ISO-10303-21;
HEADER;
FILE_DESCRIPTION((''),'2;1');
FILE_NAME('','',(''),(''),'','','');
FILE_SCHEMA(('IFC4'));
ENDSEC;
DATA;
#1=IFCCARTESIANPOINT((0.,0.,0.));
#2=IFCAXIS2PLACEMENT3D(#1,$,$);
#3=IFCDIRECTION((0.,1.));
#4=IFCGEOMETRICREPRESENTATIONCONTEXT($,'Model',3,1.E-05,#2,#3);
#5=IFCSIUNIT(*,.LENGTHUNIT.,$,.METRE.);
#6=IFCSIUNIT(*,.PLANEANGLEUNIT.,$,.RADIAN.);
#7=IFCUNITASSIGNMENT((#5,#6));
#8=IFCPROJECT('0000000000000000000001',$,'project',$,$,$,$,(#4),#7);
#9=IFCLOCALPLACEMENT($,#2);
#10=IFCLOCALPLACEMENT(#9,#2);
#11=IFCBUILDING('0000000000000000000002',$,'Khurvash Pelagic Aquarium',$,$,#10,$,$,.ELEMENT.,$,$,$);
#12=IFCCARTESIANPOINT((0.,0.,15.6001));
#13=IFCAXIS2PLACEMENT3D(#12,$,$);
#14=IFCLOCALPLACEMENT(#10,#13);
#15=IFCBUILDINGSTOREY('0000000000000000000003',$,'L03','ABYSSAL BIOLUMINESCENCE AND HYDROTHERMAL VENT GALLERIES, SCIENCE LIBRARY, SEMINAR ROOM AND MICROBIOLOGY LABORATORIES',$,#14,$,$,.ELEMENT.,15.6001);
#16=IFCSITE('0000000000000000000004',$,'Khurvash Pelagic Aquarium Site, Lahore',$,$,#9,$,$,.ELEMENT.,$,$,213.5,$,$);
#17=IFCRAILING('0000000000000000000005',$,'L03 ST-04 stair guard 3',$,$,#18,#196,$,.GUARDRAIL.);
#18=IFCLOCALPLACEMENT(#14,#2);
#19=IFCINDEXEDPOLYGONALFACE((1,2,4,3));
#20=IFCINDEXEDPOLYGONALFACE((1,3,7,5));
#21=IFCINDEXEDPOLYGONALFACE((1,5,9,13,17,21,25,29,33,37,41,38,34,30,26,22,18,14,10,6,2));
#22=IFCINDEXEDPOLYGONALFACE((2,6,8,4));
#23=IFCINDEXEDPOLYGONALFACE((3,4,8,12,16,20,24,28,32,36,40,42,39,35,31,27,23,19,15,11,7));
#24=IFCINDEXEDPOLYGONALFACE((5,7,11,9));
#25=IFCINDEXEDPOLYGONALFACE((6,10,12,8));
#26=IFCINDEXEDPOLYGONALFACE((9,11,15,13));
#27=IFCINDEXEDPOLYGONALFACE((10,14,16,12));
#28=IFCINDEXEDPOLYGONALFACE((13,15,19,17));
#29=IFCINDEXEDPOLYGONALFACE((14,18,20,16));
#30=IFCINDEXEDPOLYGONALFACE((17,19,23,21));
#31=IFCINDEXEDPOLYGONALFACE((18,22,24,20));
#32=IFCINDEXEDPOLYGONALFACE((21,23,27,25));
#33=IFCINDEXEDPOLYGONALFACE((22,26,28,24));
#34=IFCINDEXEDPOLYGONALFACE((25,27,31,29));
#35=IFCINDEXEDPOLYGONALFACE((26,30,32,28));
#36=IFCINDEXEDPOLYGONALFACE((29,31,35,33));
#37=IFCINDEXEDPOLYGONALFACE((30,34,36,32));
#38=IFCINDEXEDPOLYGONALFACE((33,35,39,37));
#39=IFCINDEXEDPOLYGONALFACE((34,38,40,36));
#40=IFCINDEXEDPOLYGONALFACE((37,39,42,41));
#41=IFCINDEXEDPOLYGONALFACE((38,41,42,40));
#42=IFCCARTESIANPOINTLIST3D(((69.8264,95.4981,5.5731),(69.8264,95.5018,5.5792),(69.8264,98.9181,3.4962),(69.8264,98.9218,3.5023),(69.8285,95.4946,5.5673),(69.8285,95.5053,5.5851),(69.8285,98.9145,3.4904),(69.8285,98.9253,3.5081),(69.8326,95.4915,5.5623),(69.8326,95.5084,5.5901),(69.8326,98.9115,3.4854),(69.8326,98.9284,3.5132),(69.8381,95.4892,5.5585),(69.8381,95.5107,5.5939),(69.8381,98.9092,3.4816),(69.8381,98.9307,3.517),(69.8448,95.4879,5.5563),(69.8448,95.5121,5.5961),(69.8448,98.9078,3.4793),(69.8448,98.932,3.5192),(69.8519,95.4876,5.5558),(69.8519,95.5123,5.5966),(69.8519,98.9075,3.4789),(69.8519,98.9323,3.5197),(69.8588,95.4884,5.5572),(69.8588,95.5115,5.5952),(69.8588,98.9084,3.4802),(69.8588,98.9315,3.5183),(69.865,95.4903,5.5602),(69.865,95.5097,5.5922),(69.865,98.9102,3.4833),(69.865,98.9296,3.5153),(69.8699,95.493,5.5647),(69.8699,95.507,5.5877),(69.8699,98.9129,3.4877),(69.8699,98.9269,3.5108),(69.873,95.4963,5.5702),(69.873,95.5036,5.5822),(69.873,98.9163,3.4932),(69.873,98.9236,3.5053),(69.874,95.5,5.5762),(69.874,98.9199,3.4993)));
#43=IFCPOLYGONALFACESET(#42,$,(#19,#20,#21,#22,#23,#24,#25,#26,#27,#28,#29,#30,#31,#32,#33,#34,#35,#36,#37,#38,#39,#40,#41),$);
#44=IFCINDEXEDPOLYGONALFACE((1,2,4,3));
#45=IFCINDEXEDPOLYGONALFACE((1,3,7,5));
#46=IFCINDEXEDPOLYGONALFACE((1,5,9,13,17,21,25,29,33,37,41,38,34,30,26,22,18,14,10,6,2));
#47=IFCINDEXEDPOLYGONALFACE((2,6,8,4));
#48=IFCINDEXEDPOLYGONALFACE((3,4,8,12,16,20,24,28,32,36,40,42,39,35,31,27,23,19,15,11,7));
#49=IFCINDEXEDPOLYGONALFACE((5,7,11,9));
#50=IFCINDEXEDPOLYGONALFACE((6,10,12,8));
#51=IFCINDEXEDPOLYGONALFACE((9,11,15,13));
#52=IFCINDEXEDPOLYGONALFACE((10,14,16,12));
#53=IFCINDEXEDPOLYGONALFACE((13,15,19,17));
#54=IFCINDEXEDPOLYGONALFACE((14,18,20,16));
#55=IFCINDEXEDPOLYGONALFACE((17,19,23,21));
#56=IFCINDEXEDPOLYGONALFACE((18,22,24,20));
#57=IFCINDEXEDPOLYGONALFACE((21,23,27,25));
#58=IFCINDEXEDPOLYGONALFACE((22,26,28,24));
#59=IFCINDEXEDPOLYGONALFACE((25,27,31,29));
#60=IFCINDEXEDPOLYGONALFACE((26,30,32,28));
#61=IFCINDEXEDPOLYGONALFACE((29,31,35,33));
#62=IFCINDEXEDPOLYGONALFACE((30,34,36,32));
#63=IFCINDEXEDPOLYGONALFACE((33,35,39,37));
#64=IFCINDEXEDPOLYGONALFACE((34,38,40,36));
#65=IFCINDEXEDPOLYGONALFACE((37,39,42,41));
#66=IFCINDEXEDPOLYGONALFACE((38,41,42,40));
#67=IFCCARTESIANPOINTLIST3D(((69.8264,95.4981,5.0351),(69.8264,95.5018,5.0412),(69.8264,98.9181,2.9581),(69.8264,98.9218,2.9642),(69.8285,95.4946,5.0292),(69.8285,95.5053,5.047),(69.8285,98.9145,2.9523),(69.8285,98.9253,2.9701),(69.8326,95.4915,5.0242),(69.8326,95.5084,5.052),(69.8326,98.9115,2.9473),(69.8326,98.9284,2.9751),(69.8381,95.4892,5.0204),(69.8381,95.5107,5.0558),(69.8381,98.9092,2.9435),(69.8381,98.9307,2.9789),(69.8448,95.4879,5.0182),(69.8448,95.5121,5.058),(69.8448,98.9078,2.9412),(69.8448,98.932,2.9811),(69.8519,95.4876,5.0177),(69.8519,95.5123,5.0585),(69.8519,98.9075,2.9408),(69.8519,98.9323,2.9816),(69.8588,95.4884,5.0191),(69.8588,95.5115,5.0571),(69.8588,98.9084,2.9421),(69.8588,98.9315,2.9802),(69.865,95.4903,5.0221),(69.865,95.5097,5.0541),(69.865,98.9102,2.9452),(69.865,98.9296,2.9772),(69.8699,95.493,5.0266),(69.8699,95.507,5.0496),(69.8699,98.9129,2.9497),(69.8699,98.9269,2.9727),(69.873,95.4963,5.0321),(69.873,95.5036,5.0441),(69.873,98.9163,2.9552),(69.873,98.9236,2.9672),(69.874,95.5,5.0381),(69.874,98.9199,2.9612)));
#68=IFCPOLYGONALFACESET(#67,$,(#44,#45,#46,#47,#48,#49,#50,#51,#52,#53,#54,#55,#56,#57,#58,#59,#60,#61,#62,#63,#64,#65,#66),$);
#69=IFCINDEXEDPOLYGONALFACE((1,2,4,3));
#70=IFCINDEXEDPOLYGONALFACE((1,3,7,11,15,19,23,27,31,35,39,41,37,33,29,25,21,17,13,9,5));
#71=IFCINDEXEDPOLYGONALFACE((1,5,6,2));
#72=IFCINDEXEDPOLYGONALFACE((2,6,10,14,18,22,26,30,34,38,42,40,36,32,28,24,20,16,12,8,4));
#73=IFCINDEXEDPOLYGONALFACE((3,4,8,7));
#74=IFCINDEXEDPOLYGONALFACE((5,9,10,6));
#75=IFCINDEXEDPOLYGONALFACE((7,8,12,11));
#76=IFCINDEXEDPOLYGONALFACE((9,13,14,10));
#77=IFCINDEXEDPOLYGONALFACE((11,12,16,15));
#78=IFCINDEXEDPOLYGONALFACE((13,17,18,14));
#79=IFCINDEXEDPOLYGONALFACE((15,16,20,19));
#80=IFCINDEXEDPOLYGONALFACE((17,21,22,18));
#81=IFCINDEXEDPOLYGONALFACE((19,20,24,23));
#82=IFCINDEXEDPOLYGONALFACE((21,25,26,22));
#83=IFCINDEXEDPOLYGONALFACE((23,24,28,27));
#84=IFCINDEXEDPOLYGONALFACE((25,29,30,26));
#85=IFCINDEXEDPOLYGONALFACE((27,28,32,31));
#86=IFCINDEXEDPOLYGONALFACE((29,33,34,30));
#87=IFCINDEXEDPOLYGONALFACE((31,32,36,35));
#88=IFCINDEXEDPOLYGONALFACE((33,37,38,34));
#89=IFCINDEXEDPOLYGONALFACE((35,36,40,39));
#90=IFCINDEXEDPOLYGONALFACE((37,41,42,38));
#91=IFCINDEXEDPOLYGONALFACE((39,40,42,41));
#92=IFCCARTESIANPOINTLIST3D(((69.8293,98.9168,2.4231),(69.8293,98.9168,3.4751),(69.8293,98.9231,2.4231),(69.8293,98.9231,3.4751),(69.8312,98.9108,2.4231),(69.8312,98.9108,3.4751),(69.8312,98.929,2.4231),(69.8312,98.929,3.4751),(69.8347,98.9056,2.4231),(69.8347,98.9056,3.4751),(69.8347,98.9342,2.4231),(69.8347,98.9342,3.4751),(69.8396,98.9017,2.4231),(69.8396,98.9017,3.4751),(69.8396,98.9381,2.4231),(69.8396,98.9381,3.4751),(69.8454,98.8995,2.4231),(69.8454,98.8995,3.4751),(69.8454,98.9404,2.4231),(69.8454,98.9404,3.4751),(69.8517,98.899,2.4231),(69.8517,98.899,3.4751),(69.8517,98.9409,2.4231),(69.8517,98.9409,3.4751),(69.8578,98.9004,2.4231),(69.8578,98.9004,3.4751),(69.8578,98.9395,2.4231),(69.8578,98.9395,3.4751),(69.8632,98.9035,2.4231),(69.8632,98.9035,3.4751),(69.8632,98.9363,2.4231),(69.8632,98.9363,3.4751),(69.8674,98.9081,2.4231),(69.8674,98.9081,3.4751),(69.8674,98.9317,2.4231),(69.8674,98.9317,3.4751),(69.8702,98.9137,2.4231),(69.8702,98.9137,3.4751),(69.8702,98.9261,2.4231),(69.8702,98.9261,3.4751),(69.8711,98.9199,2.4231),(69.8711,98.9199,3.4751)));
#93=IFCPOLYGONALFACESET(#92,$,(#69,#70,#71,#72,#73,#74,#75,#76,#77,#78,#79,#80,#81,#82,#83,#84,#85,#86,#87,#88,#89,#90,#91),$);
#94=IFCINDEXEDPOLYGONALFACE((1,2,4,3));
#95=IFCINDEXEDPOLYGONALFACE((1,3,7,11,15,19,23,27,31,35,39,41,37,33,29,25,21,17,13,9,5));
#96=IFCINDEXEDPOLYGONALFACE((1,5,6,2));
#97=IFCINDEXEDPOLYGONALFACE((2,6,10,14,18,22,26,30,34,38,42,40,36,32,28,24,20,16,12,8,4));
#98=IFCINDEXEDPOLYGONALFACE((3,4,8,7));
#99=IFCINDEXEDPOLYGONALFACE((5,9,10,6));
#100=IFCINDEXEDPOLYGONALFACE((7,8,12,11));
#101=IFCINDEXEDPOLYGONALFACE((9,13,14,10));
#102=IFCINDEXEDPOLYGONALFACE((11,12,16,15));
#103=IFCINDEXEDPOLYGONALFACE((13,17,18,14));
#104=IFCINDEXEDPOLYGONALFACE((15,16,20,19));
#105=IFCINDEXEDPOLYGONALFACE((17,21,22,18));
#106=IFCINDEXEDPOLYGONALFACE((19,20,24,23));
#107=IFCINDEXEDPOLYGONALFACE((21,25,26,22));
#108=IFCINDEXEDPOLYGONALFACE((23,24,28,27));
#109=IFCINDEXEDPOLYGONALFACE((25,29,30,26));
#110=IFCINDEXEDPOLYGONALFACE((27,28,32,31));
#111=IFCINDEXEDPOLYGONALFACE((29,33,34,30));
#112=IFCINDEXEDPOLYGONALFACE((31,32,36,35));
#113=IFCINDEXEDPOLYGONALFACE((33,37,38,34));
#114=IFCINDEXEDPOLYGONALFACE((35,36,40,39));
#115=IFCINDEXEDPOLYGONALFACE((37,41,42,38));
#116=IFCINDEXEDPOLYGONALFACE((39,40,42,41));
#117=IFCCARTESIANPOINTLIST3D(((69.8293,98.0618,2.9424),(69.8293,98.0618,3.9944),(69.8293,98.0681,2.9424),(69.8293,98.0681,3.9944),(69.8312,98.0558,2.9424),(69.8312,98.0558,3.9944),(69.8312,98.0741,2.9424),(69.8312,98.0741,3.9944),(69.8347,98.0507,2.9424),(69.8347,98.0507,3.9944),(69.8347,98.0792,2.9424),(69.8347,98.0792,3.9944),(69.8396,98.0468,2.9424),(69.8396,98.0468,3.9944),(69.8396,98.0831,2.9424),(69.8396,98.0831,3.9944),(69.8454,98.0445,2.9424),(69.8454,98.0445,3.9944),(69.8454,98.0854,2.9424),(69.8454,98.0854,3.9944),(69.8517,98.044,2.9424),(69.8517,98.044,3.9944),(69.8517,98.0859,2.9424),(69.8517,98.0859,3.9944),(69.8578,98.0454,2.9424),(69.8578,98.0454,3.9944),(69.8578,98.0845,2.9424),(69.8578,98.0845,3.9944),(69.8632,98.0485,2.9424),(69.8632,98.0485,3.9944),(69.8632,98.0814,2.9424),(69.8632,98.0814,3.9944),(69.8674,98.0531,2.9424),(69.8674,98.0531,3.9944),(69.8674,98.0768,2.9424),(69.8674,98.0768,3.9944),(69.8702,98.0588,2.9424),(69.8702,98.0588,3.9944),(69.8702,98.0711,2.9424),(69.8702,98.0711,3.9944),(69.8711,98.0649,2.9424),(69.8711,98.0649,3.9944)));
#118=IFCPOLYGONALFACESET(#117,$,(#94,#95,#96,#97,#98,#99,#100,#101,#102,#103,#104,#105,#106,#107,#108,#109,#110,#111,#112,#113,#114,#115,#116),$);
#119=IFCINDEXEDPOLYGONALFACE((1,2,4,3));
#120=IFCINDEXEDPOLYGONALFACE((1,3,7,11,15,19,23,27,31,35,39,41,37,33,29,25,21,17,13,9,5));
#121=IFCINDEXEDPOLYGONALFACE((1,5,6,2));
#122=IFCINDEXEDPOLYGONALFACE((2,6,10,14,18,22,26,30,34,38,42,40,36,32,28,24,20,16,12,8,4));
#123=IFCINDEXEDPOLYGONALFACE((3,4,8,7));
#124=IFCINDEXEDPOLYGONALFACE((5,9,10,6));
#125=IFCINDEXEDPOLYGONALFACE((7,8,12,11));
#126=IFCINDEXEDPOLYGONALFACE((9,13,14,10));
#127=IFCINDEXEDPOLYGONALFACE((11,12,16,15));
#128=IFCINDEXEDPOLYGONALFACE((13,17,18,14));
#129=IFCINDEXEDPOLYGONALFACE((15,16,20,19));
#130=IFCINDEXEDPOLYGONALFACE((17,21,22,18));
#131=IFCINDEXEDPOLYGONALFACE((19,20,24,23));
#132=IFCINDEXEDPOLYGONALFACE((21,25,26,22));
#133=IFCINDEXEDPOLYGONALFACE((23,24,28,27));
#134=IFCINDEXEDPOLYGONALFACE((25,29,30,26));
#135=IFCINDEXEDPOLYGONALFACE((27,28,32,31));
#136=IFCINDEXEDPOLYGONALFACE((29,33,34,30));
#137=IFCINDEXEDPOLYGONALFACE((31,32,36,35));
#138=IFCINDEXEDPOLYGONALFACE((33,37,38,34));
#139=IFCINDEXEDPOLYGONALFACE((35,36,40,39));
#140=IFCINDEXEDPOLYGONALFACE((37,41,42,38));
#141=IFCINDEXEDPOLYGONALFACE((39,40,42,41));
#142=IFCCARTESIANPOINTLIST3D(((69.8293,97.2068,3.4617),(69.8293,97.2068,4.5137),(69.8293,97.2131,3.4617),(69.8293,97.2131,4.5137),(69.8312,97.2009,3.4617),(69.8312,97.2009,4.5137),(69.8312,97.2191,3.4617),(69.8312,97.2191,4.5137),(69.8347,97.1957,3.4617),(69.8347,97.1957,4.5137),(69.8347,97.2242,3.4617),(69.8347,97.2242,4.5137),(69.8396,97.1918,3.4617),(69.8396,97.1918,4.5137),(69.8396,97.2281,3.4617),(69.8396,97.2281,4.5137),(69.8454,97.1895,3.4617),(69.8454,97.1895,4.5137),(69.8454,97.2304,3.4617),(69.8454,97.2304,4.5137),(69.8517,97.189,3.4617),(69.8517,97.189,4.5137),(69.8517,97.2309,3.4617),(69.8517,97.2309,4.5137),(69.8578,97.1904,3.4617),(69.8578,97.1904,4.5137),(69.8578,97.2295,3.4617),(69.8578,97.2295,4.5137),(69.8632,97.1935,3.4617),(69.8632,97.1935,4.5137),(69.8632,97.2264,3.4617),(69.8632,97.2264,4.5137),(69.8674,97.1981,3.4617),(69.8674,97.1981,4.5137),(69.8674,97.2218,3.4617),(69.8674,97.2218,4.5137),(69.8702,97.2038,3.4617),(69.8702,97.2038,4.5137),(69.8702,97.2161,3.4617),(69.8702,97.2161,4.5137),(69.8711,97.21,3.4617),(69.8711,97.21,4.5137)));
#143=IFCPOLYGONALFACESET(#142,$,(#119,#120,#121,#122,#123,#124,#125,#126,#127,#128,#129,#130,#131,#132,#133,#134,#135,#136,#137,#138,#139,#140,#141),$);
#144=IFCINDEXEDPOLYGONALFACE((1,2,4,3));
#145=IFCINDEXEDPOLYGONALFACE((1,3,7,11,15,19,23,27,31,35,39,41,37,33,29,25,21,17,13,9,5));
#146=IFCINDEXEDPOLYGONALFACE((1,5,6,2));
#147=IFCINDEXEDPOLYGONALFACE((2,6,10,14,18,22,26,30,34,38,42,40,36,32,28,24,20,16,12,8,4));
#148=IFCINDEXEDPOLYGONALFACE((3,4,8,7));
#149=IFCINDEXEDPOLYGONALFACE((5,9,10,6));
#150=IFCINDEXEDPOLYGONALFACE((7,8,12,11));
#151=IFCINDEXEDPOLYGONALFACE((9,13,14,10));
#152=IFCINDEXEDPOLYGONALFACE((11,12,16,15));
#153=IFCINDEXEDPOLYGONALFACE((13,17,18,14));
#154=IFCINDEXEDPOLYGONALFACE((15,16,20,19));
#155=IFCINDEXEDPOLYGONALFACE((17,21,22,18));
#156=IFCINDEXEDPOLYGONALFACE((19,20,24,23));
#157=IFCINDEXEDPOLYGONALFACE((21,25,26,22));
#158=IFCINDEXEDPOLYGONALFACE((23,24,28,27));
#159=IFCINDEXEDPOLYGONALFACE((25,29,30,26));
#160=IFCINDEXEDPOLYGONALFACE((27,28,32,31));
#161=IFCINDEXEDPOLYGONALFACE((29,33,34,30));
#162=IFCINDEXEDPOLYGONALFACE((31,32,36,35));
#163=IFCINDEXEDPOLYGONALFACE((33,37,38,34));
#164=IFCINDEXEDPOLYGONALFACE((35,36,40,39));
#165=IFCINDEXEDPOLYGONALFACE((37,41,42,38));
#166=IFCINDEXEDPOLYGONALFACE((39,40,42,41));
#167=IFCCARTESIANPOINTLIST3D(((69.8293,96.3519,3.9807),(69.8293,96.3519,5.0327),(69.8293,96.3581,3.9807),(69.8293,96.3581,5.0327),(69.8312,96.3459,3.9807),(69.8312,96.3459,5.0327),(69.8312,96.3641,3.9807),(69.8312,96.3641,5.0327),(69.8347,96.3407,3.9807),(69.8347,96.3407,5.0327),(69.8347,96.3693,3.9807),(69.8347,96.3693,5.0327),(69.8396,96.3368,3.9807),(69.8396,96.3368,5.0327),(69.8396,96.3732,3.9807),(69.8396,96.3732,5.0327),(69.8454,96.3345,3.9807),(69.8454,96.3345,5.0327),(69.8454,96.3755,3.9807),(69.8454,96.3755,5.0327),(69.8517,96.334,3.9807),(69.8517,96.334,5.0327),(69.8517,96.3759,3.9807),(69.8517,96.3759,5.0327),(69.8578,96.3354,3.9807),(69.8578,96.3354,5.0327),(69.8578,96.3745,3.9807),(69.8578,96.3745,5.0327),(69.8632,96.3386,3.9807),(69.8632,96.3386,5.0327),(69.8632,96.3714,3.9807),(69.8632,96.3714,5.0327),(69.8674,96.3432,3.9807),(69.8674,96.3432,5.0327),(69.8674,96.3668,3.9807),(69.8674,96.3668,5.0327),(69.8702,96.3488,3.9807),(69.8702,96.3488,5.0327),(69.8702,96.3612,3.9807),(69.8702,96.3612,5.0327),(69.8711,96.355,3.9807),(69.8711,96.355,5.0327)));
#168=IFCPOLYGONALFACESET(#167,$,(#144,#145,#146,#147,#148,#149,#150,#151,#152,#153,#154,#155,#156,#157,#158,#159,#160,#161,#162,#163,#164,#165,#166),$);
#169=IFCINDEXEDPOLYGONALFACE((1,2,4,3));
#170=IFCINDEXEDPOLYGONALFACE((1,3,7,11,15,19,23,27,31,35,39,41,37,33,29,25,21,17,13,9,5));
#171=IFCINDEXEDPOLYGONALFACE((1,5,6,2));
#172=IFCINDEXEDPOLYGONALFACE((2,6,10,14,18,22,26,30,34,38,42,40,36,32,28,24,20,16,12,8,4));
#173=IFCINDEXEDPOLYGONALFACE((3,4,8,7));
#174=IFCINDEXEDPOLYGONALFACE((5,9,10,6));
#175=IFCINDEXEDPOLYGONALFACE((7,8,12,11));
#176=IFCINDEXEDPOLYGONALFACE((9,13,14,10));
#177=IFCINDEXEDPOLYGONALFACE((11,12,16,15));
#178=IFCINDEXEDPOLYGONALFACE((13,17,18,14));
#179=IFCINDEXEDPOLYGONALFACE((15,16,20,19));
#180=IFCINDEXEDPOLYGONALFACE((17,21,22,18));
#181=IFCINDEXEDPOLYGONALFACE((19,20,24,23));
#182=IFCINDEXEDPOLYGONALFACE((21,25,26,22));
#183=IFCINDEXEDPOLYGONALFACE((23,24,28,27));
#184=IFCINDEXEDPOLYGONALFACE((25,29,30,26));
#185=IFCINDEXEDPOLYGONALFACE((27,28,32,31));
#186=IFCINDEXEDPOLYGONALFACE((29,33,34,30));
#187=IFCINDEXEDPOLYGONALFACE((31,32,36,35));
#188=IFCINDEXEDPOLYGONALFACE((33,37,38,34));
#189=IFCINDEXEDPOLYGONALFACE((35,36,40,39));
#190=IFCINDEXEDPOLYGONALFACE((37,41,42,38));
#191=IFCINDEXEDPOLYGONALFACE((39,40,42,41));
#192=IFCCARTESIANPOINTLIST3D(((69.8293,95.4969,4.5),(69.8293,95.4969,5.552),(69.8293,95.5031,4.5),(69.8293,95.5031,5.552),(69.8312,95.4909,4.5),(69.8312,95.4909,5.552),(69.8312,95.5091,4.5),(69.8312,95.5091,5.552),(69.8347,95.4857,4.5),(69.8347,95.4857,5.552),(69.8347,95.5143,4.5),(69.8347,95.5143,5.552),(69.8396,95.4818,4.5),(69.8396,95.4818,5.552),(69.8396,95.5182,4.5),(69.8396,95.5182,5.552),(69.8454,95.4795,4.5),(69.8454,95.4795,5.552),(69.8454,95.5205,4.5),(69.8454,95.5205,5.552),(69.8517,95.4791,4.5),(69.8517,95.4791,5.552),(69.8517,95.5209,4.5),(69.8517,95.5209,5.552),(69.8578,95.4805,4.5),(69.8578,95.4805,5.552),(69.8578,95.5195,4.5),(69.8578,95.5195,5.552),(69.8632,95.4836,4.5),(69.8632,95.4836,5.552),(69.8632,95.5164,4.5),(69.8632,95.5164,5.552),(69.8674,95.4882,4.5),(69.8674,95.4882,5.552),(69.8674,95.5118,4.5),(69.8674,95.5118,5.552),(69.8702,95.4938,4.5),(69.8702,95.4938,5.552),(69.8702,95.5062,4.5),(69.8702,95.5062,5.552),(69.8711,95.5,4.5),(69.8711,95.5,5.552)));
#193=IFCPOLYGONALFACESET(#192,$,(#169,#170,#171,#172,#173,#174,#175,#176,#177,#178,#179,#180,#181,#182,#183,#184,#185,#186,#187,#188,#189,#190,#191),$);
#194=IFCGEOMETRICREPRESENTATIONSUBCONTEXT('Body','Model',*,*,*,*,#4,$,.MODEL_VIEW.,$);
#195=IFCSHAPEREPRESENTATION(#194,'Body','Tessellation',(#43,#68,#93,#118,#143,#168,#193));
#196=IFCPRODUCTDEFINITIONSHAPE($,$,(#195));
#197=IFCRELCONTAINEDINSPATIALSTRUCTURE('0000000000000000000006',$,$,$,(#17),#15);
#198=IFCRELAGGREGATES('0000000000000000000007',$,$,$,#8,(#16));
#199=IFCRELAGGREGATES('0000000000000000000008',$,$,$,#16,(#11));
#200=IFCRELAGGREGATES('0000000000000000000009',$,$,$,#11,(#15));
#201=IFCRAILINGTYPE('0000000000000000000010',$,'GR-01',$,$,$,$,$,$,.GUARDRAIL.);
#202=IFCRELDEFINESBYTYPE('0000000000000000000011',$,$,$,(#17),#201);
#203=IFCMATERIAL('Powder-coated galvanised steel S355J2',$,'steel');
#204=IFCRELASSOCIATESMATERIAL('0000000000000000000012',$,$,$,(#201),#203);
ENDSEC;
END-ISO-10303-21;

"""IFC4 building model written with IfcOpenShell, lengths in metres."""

from ifc_helpers import new_model, si_unit, direction, frame, origin, origin_2d, place, context, subcontext, project, spatial, circle, extrude, material, type_object, element, save


model = new_model("IFC4")

# Units and contexts
model_context = context("Model", 3, precision=1e-05, world=origin(), true_north=direction((0.0, 1.0)))
body_context = subcontext(model_context, "Body", "Model", "MODEL_VIEW")
ifc_project = project(units=[si_unit("LENGTHUNIT", "METRE"), si_unit("PLANEANGLEUNIT", "RADIAN")], contexts=[model_context])

# Site, building, storey
site_placement = place(None, origin())
site = spatial("IfcSite", under=ifc_project, at=site_placement, Name="Khurvash Pelagic Aquarium Site, Lahore", CompositionType="ELEMENT", RefElevation=213.5)
building_placement = place(site_placement, origin())
building = spatial("IfcBuilding", under=site, at=building_placement, Name="Khurvash Pelagic Aquarium", CompositionType="ELEMENT")
storey_placement = place(building_placement, frame((0.0, 0.0, 15.6001)))
storey = spatial("IfcBuildingStorey", under=building, at=storey_placement, Name="L03", Description="ABYSSAL BIOLUMINESCENCE AND HYDROTHERMAL VENT GALLERIES, SCIENCE LIBRARY, SEMINAR ROOM AND MICROBIOLOGY LABORATORIES", CompositionType="ELEMENT", Elevation=15.6001)

# Railing
ifc_material_1 = material(Name="Powder-coated galvanised steel S355J2", Category="steel")
railing_type_1 = type_object("IfcRailingType", Name="GR-01", PredefinedType="GUARDRAIL", material=ifc_material_1)
railing_1_placement = place(storey_placement, frame((69.8501, 98.9199, 2.4231)))
element("IfcRailing", 1, at=railing_1_placement, inside=storey, type_object=railing_type_1, Name="L03 ST-04 stair guard 3", PredefinedType="GUARDRAIL", context=body_context, shape_type="SweptSolid", body=[
    extrude(circle(Radius=0.0239, at=origin_2d()), frame((0.0, 0.0, 1.0762), z_axis=(0.0, -0.85473, 0.519074), x_axis=(1.0, 0.0, 0.0)), (0.0, 0.0, 1.0), 4.0012),
    extrude(circle(Radius=0.0239, at=origin_2d()), frame((0.0, 0.0, 0.5381), z_axis=(0.0, -0.85473, 0.519074), x_axis=(1.0, 0.0, 0.0)), (0.0, 0.0, 1.0), 4.0012),
    extrude(circle(Radius=0.021, at=origin_2d()), origin(), (0.0, 0.0, 1.0), 1.052),
    extrude(circle(Radius=0.021, at=origin_2d()), frame((0.0, -0.855, 0.5193)), (0.0, 0.0, 1.0), 1.052),
    extrude(circle(Radius=0.021, at=origin_2d()), frame((0.0, -1.71, 1.0386)), (0.0, 0.0, 1.0), 1.052),
    extrude(circle(Radius=0.021, at=origin_2d()), frame((0.0, -2.5649, 1.5576)), (0.0, 0.0, 1.0), 1.052),
    extrude(circle(Radius=0.021, at=origin_2d()), frame((0.0, -3.4199, 2.0769)), (0.0, 0.0, 1.0), 1.052),
])

save(model, "model.ifc")
